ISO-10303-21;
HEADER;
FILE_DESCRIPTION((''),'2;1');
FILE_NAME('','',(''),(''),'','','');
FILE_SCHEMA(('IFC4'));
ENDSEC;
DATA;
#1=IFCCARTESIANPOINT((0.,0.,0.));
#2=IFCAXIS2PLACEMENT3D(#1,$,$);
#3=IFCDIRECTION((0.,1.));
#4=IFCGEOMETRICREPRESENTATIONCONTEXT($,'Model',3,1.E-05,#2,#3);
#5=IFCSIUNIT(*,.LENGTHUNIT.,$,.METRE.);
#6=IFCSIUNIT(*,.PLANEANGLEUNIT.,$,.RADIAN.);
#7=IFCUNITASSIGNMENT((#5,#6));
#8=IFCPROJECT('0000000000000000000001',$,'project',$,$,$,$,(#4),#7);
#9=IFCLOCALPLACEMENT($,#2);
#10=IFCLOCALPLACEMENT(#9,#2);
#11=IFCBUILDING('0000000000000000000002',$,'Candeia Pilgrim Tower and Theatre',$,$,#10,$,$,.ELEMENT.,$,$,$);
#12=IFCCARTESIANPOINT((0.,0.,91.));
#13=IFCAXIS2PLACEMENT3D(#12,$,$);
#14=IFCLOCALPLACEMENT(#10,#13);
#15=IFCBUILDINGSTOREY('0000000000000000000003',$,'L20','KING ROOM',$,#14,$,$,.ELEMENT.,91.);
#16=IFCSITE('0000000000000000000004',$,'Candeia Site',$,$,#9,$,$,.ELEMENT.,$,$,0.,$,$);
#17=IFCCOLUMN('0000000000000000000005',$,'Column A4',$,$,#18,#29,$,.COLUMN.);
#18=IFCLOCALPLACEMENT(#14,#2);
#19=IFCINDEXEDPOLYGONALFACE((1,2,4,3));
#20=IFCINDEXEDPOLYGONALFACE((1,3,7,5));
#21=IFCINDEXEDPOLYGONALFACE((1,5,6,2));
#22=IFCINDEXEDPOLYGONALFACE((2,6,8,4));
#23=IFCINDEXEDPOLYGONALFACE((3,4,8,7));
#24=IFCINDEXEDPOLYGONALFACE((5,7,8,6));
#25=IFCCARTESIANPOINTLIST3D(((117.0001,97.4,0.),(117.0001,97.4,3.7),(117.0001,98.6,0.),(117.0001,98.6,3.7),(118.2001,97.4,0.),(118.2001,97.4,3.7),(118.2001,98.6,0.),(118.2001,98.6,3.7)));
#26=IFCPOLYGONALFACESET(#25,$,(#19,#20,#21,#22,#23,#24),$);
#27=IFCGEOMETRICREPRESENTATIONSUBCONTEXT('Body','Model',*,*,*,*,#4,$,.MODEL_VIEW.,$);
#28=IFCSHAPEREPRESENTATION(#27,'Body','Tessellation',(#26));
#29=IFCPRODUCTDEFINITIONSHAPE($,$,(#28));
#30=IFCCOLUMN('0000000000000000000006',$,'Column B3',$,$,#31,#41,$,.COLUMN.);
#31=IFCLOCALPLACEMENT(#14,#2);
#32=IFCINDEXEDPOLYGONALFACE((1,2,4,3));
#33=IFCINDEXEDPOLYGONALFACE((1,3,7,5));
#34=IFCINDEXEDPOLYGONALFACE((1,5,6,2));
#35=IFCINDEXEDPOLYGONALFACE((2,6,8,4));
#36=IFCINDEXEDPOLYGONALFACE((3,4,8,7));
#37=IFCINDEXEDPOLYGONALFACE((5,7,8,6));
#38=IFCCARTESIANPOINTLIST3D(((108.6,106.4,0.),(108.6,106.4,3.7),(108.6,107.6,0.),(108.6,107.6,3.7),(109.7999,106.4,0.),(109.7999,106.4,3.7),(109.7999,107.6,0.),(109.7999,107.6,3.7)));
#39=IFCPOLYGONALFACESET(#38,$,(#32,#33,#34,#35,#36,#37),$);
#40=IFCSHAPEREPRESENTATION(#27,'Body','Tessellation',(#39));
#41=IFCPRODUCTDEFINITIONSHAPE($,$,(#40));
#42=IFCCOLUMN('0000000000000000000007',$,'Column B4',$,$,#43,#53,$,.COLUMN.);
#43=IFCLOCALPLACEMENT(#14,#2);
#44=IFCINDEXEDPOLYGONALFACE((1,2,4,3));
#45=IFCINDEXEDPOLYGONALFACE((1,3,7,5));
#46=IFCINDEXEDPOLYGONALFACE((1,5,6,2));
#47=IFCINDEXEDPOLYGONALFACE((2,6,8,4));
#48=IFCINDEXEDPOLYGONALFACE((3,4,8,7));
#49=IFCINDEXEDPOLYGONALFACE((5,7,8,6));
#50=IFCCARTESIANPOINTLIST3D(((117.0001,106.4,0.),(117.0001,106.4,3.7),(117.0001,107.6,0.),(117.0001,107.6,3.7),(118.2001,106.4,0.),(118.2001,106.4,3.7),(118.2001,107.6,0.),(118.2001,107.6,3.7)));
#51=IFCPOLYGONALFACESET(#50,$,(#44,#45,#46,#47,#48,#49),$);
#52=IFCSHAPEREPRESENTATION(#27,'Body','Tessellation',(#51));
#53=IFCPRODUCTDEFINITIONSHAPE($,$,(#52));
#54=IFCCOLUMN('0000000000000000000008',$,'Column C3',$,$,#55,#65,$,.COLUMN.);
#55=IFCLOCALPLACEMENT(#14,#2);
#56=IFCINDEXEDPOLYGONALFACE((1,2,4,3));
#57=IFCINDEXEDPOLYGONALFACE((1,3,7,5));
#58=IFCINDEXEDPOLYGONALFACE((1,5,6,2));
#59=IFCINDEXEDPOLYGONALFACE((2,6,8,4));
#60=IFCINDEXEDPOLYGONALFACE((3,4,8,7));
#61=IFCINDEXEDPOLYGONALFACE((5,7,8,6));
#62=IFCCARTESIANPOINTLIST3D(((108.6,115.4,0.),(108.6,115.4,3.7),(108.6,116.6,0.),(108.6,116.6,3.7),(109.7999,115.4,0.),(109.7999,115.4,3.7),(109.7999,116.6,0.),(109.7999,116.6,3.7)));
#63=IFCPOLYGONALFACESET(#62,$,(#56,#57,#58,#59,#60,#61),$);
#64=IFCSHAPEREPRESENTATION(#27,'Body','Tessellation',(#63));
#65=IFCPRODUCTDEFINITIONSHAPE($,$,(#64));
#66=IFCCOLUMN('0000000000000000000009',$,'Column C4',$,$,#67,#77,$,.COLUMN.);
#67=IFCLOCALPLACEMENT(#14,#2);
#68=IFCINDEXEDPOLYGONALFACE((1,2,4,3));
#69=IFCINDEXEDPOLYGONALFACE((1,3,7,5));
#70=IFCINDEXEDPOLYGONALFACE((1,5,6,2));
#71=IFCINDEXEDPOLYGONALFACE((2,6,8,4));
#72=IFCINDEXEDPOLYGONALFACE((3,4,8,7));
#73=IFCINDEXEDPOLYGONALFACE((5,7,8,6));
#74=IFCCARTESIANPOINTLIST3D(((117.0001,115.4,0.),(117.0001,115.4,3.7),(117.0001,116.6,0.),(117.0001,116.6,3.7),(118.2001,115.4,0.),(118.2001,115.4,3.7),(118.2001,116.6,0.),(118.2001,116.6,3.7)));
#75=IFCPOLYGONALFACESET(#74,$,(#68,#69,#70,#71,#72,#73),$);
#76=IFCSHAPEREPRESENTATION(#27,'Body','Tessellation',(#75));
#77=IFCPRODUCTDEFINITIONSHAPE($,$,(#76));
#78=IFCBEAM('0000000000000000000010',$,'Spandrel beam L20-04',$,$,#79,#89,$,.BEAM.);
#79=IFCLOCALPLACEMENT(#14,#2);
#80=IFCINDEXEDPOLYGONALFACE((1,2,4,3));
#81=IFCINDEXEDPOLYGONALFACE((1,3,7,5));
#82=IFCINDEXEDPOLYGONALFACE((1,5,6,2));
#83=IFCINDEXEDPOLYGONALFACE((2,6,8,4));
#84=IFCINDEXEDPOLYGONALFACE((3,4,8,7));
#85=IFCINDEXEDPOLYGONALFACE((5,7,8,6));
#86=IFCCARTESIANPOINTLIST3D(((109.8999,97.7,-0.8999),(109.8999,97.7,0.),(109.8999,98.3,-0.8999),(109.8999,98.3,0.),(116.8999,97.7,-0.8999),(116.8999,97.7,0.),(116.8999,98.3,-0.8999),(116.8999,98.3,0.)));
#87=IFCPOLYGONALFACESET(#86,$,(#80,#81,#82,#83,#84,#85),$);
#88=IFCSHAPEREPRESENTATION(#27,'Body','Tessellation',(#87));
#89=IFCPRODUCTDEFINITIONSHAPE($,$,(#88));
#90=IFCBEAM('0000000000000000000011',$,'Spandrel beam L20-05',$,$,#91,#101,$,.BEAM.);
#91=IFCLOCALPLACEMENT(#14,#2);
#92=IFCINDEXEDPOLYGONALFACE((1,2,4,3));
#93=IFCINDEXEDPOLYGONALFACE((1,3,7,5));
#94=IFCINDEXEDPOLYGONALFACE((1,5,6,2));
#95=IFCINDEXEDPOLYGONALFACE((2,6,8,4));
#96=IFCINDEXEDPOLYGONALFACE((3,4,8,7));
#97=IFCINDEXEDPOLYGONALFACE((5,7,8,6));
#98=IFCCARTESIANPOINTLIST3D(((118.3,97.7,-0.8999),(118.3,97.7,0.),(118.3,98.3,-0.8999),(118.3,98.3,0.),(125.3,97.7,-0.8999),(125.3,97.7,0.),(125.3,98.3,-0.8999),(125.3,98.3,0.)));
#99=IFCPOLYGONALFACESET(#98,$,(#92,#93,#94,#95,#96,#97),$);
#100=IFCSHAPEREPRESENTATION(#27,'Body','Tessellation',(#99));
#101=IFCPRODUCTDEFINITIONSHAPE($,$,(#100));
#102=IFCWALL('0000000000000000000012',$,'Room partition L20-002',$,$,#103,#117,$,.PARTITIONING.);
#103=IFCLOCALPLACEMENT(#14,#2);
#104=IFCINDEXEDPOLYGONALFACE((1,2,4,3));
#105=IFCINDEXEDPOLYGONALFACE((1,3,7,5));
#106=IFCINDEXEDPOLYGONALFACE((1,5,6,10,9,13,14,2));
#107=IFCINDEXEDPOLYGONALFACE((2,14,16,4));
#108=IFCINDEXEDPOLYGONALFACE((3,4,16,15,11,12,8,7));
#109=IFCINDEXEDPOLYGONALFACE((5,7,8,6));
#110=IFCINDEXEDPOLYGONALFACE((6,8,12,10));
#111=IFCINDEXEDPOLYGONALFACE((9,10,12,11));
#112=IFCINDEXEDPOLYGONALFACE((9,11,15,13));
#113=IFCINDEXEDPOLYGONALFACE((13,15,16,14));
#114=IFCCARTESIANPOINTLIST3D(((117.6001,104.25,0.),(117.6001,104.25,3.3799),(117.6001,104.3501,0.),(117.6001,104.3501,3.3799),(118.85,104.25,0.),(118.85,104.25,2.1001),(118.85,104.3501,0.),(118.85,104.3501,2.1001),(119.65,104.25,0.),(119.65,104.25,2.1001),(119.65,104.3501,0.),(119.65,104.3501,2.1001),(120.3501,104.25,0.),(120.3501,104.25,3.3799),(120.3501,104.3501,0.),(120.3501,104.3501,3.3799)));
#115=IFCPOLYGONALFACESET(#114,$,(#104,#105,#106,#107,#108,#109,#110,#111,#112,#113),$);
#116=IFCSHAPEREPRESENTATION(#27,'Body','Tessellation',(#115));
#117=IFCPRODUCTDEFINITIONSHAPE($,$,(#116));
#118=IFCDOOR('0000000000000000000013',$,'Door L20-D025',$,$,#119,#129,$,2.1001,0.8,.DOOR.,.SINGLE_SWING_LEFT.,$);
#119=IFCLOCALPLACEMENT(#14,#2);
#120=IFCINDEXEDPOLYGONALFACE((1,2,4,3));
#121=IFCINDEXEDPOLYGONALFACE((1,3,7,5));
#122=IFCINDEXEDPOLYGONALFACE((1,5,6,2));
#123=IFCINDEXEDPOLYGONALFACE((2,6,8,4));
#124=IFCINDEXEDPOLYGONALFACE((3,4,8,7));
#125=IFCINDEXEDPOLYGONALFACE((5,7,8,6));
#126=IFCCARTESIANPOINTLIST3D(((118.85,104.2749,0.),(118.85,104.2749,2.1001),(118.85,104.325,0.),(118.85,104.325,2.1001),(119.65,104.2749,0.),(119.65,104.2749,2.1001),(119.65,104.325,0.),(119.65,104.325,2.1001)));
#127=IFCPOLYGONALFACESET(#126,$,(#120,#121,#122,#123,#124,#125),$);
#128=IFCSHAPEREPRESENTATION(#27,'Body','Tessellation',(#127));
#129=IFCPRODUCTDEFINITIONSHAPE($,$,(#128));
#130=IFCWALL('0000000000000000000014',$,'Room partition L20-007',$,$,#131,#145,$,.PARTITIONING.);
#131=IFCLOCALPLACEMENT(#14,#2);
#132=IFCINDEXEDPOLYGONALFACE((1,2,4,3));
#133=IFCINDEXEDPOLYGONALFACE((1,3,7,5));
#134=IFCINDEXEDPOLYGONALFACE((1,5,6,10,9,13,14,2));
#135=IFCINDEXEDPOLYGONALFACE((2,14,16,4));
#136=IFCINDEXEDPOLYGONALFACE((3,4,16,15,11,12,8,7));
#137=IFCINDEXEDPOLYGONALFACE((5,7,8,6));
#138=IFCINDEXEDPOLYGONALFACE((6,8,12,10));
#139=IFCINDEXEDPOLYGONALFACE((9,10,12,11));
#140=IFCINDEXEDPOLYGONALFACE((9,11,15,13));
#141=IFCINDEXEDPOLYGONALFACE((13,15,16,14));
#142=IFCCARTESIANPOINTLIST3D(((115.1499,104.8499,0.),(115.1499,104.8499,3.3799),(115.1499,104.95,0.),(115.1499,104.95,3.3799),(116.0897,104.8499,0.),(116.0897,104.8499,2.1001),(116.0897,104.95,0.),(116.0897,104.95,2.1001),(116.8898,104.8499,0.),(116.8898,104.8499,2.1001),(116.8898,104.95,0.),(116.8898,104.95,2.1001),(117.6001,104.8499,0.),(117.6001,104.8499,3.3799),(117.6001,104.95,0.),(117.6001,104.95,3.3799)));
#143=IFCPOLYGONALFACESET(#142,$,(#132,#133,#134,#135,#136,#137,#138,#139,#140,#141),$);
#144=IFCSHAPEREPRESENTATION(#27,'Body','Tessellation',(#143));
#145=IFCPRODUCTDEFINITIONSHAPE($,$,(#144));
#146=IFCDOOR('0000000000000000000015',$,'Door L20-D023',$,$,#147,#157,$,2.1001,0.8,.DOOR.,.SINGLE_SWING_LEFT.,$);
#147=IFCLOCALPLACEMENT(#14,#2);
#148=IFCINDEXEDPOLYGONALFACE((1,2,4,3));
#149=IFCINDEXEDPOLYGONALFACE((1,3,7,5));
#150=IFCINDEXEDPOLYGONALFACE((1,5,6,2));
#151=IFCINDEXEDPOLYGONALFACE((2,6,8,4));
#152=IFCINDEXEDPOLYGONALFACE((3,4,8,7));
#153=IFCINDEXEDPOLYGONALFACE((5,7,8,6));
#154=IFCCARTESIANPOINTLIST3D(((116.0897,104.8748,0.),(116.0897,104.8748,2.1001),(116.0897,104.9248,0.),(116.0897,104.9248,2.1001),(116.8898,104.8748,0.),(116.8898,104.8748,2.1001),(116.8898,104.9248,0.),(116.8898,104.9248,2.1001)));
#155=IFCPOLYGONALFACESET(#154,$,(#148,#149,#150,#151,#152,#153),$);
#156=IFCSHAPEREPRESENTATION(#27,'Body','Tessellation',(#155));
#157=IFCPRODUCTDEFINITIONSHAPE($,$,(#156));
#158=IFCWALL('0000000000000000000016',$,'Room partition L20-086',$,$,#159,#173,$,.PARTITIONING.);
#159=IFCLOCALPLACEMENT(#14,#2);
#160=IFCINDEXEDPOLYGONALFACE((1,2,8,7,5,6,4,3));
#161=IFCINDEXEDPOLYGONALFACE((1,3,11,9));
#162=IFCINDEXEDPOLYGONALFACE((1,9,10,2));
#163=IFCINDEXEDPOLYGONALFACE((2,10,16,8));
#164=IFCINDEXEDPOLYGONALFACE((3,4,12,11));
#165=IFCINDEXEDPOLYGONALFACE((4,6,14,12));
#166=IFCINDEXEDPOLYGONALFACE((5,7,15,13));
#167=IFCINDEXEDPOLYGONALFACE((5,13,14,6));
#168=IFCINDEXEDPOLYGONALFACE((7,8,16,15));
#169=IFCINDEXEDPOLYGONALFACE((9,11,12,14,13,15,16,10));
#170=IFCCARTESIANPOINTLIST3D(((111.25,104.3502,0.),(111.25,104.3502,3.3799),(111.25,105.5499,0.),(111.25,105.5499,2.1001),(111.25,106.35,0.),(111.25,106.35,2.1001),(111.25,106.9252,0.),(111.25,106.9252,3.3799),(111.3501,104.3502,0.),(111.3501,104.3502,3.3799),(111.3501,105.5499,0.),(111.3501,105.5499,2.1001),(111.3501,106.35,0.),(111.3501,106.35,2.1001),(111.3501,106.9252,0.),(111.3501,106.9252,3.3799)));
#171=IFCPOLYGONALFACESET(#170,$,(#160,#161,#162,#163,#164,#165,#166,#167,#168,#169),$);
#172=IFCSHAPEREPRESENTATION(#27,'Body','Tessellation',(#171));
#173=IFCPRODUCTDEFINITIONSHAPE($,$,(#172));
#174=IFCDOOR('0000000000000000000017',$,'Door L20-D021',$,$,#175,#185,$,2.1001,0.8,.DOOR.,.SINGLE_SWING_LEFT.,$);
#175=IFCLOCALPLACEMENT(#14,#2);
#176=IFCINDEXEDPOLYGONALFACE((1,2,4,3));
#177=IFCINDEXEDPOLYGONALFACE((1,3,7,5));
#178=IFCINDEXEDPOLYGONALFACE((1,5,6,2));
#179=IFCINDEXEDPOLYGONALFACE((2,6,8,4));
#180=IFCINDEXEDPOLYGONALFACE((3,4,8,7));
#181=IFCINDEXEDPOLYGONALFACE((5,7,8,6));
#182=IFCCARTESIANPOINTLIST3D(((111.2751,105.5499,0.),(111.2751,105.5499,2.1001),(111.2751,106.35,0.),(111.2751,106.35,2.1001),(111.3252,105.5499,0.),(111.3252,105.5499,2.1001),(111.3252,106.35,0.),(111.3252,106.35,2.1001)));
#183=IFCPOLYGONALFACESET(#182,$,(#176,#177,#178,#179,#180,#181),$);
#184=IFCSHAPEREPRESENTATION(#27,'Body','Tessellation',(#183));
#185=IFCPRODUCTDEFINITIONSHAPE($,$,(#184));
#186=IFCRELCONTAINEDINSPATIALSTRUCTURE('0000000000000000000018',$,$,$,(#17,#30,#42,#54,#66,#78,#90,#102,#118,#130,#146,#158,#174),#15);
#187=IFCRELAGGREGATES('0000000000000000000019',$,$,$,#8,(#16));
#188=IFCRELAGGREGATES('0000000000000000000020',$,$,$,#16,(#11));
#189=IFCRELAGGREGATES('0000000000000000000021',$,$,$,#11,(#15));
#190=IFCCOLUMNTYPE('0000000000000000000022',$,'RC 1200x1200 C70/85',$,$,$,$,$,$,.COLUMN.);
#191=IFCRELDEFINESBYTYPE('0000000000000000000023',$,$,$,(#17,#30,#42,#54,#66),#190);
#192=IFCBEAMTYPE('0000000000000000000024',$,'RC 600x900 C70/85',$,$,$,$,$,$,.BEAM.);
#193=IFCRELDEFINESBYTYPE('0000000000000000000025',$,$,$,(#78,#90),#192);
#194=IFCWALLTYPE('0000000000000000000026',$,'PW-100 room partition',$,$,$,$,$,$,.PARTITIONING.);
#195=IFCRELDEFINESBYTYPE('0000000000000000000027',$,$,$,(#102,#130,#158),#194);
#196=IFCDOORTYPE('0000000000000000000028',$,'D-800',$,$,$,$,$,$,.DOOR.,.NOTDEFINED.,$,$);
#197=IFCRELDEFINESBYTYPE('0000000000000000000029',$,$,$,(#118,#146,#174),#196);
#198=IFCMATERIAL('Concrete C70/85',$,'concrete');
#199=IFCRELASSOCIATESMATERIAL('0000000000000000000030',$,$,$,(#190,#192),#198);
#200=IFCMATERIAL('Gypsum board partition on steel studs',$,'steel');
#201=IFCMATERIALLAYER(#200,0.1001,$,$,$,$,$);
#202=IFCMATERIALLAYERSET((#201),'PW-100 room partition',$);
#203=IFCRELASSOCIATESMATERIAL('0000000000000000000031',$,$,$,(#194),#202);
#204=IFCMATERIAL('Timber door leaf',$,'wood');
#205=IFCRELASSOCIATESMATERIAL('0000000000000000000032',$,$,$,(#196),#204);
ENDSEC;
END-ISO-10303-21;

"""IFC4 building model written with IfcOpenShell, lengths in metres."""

from ifc_helpers import new_model, si_unit, direction, frame, frame_2d, origin, origin_2d, place, context, subcontext, project, spatial, rectangle, extrude, material, layer, layer_set, material_profile, profile_set, type_object, element, fill, save


model = new_model("IFC4")

# Units and contexts
model_context = context("Model", 3, precision=1e-05, world=origin(), true_north=direction((0.0, 1.0)))
body_context = subcontext(model_context, "Body", "Model", "MODEL_VIEW")
ifc_project = project(units=[si_unit("LENGTHUNIT", "METRE"), si_unit("PLANEANGLEUNIT", "RADIAN")], contexts=[model_context])

# Site, building, storey
site_placement = place(None, origin())
site = spatial("IfcSite", under=ifc_project, at=site_placement, Name="Candeia Site", CompositionType="ELEMENT", RefElevation=0.0)
building_placement = place(site_placement, origin())
building = spatial("IfcBuilding", under=site, at=building_placement, Name="Candeia Pilgrim Tower and Theatre", CompositionType="ELEMENT")
storey_placement = place(building_placement, frame((0.0, 0.0, 91.0)))
storey = spatial("IfcBuildingStorey", under=building, at=storey_placement, Name="L20", Description="KING ROOM", CompositionType="ELEMENT", Elevation=91.0)

# Columns
ifc_material_1 = material(Name="Concrete C70/85", Category="concrete")
ifc_material_profile_1 = material_profile(ifc_material_1, rectangle(XDim=1.2, YDim=1.2, at=origin_2d()))
ifc_profile_set_1 = profile_set([ifc_material_profile_1], Name="Concrete C70/85")
column_type = type_object("IfcColumnType", Name="RC 1200x1200 C70/85", PredefinedType="COLUMN", material=ifc_profile_set_1)
for number, where, z_axis, x_axis, name in (
    (1, (117.6001, 98.0, 0.0), (0.0, 0.0, 1.0), (1.0, 0.0, 0.0), "Column A4"),
    (2, (109.2, 107.0, 0.0), (0.0, 0.0, 1.0), (1.0, 0.0, 0.0), "Column B3"),
    (3, (117.6001, 107.0, 0.0), (0.0, 0.0, 1.0), (1.0, 0.0, 0.0), "Column B4"),
    (4, (109.2, 116.0, 0.0), (0.0, 0.0, 1.0), (1.0, 0.0, 0.0), "Column C3"),
    (5, (117.6001, 116.0, 0.0), (0.0, 0.0, 1.0), (1.0, 0.0, 0.0), "Column C4"),
):
    element("IfcColumn", number, at=place(storey_placement, frame(where, z_axis=z_axis, x_axis=x_axis)), inside=storey, type_object=column_type, Name=name, PredefinedType="COLUMN", context=body_context, shape_type="SweptSolid", body=[
        extrude(rectangle(XDim=1.2, YDim=1.2, at=origin_2d()), origin(), (0.0, 0.0, 1.0), 3.7),
    ])

# Beams
ifc_material_profile_2 = material_profile(ifc_material_1, rectangle(XDim=0.6001, YDim=0.8999, at=origin_2d()))
ifc_profile_set_2 = profile_set([ifc_material_profile_2], Name="Concrete C70/85")
beam_type = type_object("IfcBeamType", Name="RC 600x900 C70/85", PredefinedType="BEAM", material=ifc_profile_set_2)
for number, where, z_axis, x_axis, name in (
    (6, (109.8999, 98.0, -0.45), (1.0, 0.0, 0.0), (0.0, 1.0, 0.0), "Spandrel beam L20-04"),
    (7, (118.3, 98.0, -0.45), (1.0, 0.0, 0.0), (0.0, 1.0, 0.0), "Spandrel beam L20-05"),
):
    element("IfcBeam", number, at=place(storey_placement, frame(where, z_axis=z_axis, x_axis=x_axis)), inside=storey, type_object=beam_type, Name=name, PredefinedType="BEAM", context=body_context, shape_type="SweptSolid", body=[
        extrude(rectangle(XDim=0.6001, YDim=0.8999, at=origin_2d()), origin(), (0.0, 0.0, 1.0), 7.0),
    ])

# Walls, openings, doors
ifc_material_2 = material(Name="Gypsum board partition on steel studs", Category="steel")
ifc_layer_1 = layer(ifc_material_2, 0.1001)
ifc_layer_set_1 = layer_set([ifc_layer_1], Name="PW-100 room partition")
wall_type_1 = type_object("IfcWallType", Name="PW-100 room partition", PredefinedType="PARTITIONING", material=ifc_layer_set_1)
wall_1_placement = place(storey_placement, frame((117.6001, 104.3, 0.0), z_axis=(0.0, 0.0, 1.0), x_axis=(1.0, 0.0, 0.0)))
wall_1 = element("IfcWall", 8, at=wall_1_placement, inside=storey, type_object=wall_type_1, Name="Room partition L20-002", PredefinedType="PARTITIONING", context=body_context, shape_type="SweptSolid", body=[
    extrude(rectangle(XDim=2.75, YDim=0.1001, at=frame_2d((1.375, 0.0))), origin(), (0.0, 0.0, 1.0), 3.3799),
])
opening_1_placement = place(wall_1_placement, frame((1.25, 0.0, 0.0)))
opening_1 = element("IfcOpeningElement", 9, at=opening_1_placement, cuts=wall_1, PredefinedType="OPENING", context=body_context, shape_type="SweptSolid", body=[
    extrude(rectangle(XDim=0.8, YDim=2.1001, at=frame_2d((0.3999, 1.05))), frame((0.0, 0.0601, 0.0), z_axis=(0.0, -1.0, 0.0), x_axis=(1.0, 0.0, 0.0)), (0.0, 0.0, 1.0), 0.1201),
])
ifc_material_3 = material(Name="Timber door leaf", Category="wood")
door_type = type_object("IfcDoorType", Name="D-800", OperationType="NOTDEFINED", PredefinedType="DOOR", material=ifc_material_3)
door_1_placement = place(opening_1_placement, origin())
door_1 = element("IfcDoor", 10, at=door_1_placement, inside=storey, type_object=door_type, Name="Door L20-D025", OperationType="SINGLE_SWING_LEFT", OverallHeight=2.1001, OverallWidth=0.8, PredefinedType="DOOR", context=body_context, shape_type="SweptSolid", body=[
    extrude(rectangle(XDim=0.8, YDim=2.1001, at=frame_2d((0.3999, 1.05))), frame((0.0, 0.0249, 0.0), z_axis=(0.0, -1.0, 0.0), x_axis=(1.0, 0.0, 0.0)), (0.0, 0.0, 1.0), 0.05),
])
fill(opening_1, door_1)
wall_2_placement = place(storey_placement, frame((115.1499, 104.8999, 0.0), z_axis=(0.0, 0.0, 1.0), x_axis=(1.0, 0.0, 0.0)))
wall_2 = element("IfcWall", 11, at=wall_2_placement, inside=storey, type_object=wall_type_1, Name="Room partition L20-007", PredefinedType="PARTITIONING", context=body_context, shape_type="SweptSolid", body=[
    extrude(rectangle(XDim=2.4502, YDim=0.1001, at=frame_2d((1.2251, 0.0))), origin(), (0.0, 0.0, 1.0), 3.3799),
])
opening_2_placement = place(wall_2_placement, frame((0.9399, 0.0, 0.0)))
opening_2 = element("IfcOpeningElement", 12, at=opening_2_placement, cuts=wall_2, PredefinedType="OPENING", context=body_context, shape_type="SweptSolid", body=[
    extrude(rectangle(XDim=0.8, YDim=2.1001, at=frame_2d((0.3999, 1.05))), frame((0.0, 0.0601, 0.0), z_axis=(0.0, -1.0, 0.0), x_axis=(1.0, 0.0, 0.0)), (0.0, 0.0, 1.0), 0.1201),
])
door_2_placement = place(opening_2_placement, origin())
door_2 = element("IfcDoor", 13, at=door_2_placement, inside=storey, type_object=door_type, Name="Door L20-D023", OperationType="SINGLE_SWING_LEFT", OverallHeight=2.1001, OverallWidth=0.8, PredefinedType="DOOR", context=body_context, shape_type="SweptSolid", body=[
    extrude(rectangle(XDim=0.8, YDim=2.1001, at=frame_2d((0.3999, 1.05))), frame((0.0, 0.0249, 0.0), z_axis=(0.0, -1.0, 0.0), x_axis=(1.0, 0.0, 0.0)), (0.0, 0.0, 1.0), 0.05),
])
fill(opening_2, door_2)
wall_3_placement = place(storey_placement, frame((111.3, 104.3501, 0.0), z_axis=(0.0, 0.0, 1.0), x_axis=(0.0, 1.0, 0.0)))
wall_3 = element("IfcWall", 14, at=wall_3_placement, inside=storey, type_object=wall_type_1, Name="Room partition L20-086", PredefinedType="PARTITIONING", context=body_context, shape_type="SweptSolid", body=[
    extrude(rectangle(XDim=2.575, YDim=0.1001, at=frame_2d((1.2876, 0.0))), origin(), (0.0, 0.0, 1.0), 3.3799),
])
opening_3_placement = place(wall_3_placement, frame((1.2, 0.0, 0.0)))
opening_3 = element("IfcOpeningElement", 15, at=opening_3_placement, cuts=wall_3, PredefinedType="OPENING", context=body_context, shape_type="SweptSolid", body=[
    extrude(rectangle(XDim=0.8, YDim=2.1001, at=frame_2d((0.3999, 1.05))), frame((0.0, 0.0601, 0.0), z_axis=(0.0, -1.0, 0.0), x_axis=(1.0, 0.0, 0.0)), (0.0, 0.0, 1.0), 0.1201),
])
door_3_placement = place(opening_3_placement, origin())
door_3 = element("IfcDoor", 16, at=door_3_placement, inside=storey, type_object=door_type, Name="Door L20-D021", OperationType="SINGLE_SWING_LEFT", OverallHeight=2.1001, OverallWidth=0.8, PredefinedType="DOOR", context=body_context, shape_type="SweptSolid", body=[
    extrude(rectangle(XDim=0.8, YDim=2.1001, at=frame_2d((0.3999, 1.05))), frame((0.0, 0.0249, 0.0), z_axis=(0.0, -1.0, 0.0), x_axis=(1.0, 0.0, 0.0)), (0.0, 0.0, 1.0), 0.05),
])
fill(opening_3, door_3)

save(model, "model.ifc")
